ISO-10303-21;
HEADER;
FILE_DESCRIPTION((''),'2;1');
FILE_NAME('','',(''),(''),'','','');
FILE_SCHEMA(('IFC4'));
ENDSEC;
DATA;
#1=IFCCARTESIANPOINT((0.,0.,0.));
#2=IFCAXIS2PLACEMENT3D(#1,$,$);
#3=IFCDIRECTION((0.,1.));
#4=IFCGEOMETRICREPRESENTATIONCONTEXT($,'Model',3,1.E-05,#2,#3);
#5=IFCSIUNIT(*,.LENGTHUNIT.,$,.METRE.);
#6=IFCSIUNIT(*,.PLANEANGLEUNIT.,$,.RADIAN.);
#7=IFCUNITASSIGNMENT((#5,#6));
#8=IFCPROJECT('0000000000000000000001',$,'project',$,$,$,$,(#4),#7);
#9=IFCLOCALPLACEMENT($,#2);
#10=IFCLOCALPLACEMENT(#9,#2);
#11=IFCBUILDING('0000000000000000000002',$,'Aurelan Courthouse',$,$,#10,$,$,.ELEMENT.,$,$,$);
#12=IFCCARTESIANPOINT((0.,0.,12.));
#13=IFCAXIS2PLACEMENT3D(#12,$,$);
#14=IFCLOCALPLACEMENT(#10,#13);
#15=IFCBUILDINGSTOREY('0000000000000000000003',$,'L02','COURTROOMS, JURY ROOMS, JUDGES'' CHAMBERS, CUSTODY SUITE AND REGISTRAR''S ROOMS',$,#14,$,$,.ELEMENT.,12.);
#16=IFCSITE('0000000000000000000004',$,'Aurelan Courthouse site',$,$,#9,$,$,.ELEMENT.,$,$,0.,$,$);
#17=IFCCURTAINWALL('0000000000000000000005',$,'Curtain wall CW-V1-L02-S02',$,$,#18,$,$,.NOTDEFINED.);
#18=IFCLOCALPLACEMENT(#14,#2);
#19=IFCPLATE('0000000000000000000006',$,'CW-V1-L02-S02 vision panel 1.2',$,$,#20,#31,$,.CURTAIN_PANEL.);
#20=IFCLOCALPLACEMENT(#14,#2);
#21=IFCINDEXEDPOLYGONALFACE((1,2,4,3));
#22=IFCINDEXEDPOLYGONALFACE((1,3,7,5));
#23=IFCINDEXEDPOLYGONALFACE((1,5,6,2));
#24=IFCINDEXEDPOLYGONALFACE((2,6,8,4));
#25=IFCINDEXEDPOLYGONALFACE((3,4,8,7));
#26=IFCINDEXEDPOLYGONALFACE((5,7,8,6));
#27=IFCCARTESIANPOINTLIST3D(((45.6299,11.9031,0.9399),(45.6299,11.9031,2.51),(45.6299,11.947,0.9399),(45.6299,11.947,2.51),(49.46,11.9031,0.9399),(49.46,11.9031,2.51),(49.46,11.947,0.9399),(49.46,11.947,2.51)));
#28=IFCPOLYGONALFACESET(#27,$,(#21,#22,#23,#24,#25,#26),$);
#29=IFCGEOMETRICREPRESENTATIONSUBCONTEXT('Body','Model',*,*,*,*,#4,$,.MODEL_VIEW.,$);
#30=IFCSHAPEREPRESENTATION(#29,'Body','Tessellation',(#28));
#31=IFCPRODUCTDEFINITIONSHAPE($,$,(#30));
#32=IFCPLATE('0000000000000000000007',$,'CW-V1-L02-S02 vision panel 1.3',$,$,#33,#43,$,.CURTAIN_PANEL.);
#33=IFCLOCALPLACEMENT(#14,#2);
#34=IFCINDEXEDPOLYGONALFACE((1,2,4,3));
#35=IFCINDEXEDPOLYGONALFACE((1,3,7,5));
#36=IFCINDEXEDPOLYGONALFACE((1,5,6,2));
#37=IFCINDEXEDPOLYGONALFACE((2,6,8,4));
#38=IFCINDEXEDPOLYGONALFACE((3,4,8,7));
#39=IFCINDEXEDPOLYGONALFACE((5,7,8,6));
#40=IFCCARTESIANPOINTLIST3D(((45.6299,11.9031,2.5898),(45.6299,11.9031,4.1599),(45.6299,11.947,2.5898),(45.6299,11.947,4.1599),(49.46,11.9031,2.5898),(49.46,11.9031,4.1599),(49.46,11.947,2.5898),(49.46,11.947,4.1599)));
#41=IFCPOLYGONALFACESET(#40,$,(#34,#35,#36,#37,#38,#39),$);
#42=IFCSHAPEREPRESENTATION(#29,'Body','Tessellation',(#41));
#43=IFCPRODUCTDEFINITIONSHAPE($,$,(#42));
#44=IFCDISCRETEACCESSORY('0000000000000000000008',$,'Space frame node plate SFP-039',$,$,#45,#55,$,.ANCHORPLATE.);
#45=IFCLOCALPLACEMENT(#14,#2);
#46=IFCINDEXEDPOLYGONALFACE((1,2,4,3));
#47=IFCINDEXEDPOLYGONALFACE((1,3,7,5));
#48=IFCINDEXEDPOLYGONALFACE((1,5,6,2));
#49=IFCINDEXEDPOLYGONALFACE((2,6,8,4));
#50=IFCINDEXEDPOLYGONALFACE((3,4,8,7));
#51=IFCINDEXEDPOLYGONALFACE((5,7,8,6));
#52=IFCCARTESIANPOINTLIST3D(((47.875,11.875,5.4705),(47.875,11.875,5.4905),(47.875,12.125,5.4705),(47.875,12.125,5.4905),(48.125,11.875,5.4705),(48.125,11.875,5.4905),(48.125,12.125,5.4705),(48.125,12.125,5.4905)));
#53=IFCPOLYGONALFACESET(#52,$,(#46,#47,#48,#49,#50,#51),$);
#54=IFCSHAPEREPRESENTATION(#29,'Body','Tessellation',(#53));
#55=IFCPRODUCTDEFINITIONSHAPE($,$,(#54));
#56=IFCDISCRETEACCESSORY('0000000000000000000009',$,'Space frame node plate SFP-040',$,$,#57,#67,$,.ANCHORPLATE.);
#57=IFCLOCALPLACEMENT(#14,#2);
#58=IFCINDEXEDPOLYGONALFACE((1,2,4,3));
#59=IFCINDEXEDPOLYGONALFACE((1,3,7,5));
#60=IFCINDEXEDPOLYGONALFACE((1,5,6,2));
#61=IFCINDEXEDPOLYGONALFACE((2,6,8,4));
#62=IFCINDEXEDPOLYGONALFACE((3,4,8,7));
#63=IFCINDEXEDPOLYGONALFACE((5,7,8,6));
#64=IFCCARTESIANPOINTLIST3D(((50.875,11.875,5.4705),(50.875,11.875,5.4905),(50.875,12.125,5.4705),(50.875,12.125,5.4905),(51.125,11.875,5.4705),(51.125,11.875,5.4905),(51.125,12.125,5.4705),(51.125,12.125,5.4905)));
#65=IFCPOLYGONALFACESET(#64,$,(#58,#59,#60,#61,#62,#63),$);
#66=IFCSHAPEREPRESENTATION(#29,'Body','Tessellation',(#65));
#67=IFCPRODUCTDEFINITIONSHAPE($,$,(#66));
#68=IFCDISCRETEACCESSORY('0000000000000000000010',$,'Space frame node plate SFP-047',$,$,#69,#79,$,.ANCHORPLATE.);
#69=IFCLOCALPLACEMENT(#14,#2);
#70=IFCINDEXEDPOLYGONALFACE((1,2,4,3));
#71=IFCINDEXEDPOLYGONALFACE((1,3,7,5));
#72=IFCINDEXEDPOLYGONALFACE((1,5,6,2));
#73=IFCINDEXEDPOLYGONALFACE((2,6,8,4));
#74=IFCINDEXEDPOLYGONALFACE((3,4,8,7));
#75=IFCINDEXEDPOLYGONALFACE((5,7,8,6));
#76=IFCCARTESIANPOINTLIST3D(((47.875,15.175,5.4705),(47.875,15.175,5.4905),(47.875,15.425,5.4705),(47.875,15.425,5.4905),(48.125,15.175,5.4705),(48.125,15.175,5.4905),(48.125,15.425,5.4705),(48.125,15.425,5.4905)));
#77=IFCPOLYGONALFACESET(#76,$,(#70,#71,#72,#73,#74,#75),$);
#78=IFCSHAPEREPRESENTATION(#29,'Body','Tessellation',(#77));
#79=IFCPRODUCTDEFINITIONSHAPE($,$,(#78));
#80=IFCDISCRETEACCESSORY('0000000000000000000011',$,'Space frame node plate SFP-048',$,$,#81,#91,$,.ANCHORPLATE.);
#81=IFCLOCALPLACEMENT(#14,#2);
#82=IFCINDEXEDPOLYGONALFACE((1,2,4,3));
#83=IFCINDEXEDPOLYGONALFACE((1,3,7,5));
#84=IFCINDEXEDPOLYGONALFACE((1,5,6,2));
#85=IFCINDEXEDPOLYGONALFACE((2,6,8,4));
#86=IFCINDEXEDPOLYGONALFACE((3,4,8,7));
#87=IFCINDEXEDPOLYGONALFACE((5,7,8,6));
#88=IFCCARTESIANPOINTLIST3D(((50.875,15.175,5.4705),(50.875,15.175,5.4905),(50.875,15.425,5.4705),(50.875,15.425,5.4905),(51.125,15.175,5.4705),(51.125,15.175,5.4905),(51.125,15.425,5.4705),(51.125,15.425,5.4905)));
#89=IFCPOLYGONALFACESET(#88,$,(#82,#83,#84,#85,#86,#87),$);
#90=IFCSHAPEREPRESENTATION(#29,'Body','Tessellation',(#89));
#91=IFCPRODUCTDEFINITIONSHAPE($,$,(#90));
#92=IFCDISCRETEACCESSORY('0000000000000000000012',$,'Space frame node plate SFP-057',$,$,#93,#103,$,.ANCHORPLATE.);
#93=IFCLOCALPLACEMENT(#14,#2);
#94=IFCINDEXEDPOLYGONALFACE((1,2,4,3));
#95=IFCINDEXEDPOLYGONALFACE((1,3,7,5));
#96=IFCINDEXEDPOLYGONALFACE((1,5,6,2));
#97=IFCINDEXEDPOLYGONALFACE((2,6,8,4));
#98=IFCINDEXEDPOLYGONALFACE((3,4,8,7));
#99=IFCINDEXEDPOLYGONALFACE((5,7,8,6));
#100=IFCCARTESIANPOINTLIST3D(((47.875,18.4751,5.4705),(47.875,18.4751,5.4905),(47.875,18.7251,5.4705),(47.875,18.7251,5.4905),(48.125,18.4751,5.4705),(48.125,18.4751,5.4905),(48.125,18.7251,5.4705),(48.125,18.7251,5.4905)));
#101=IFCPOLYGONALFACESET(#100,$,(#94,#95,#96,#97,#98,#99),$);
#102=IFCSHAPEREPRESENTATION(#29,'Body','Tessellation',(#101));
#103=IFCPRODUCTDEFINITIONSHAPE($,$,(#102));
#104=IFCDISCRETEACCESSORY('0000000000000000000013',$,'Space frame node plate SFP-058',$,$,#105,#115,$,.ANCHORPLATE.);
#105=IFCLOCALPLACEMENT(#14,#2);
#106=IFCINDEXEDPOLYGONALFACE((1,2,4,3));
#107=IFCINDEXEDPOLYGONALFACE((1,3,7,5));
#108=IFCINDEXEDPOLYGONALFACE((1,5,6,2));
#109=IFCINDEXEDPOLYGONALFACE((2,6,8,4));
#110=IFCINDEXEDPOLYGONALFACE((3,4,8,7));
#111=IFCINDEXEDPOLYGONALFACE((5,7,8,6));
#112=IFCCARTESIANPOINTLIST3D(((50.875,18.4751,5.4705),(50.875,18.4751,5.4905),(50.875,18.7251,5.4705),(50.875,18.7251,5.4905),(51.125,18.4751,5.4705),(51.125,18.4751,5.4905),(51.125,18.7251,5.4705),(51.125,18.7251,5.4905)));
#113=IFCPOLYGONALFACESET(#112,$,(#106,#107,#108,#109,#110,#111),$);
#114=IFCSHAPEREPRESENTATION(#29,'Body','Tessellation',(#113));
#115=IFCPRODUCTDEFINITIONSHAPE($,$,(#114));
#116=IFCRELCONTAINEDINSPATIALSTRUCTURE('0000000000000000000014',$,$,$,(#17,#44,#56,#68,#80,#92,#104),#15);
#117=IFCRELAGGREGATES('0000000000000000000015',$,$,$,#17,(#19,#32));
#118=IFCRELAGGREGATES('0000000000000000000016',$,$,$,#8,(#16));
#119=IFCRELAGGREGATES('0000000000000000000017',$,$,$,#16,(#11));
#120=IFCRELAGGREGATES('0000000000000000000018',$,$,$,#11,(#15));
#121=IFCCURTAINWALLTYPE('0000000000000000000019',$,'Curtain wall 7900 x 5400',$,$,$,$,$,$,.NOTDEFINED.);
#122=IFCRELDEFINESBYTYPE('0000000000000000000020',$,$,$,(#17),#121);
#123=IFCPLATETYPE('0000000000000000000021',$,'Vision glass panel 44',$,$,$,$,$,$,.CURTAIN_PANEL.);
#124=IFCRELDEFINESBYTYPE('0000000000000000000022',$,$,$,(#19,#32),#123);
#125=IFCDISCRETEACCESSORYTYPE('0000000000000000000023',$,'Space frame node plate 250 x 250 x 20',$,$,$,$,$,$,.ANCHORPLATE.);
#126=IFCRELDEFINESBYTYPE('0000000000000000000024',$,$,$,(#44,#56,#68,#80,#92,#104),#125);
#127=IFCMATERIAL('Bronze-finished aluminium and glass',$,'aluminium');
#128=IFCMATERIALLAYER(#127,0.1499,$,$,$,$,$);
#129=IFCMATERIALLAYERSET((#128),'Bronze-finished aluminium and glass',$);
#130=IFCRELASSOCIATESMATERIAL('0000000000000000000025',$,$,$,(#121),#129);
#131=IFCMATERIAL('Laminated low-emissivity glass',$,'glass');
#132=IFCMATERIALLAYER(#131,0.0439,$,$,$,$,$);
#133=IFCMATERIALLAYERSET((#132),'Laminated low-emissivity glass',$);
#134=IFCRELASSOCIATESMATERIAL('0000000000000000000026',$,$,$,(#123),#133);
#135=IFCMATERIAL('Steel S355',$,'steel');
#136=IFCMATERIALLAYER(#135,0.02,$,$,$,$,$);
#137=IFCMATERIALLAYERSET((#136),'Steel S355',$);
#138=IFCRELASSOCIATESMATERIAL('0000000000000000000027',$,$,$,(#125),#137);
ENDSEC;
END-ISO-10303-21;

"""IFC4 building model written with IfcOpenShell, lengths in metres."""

from ifc_helpers import new_model, si_unit, direction, frame, origin, origin_2d, place, context, subcontext, project, spatial, rectangle, extrude, material, layer, layer_set, type_object, element, aggregate, save


model = new_model("IFC4")

# Units and contexts
model_context = context("Model", 3, precision=1e-05, world=origin(), true_north=direction((0.0, 1.0)))
body_context = subcontext(model_context, "Body", "Model", "MODEL_VIEW")
ifc_project = project(units=[si_unit("LENGTHUNIT", "METRE"), si_unit("PLANEANGLEUNIT", "RADIAN")], contexts=[model_context])

# Site, building, storey
site_placement = place(None, origin())
site = spatial("IfcSite", under=ifc_project, at=site_placement, Name="Aurelan Courthouse site", CompositionType="ELEMENT", RefElevation=0.0)
building_placement = place(site_placement, origin())
building = spatial("IfcBuilding", under=site, at=building_placement, Name="Aurelan Courthouse", CompositionType="ELEMENT")
storey_placement = place(building_placement, frame((0.0, 0.0, 12.0)))
storey = spatial("IfcBuildingStorey", under=building, at=storey_placement, Name="L02", Description="COURTROOMS, JURY ROOMS, JUDGES' CHAMBERS, CUSTODY SUITE AND REGISTRAR'S ROOMS", CompositionType="ELEMENT", Elevation=12.0)

# Curtain wall
ifc_material_1 = material(Name="Bronze-finished aluminium and glass", Category="aluminium")
ifc_layer_1 = layer(ifc_material_1, 0.1499)
ifc_layer_set_1 = layer_set([ifc_layer_1], Name="Bronze-finished aluminium and glass")
curtain_wall_type = type_object("IfcCurtainWallType", Name="Curtain wall 7900 x 5400", PredefinedType="NOTDEFINED", material=ifc_layer_set_1)
curtain_wall_placement = place(storey_placement, origin())
curtain_wall = element("IfcCurtainWall", 1, at=curtain_wall_placement, inside=storey, type_object=curtain_wall_type, Name="Curtain wall CW-V1-L02-S02", PredefinedType="NOTDEFINED")

# Shared definitions
ifc_material_2 = material(Name="Steel S355", Category="steel")

# Plates
ifc_material_3 = material(Name="Laminated low-emissivity glass", Category="glass")
ifc_layer_2 = layer(ifc_material_3, 0.0439)
ifc_layer_set_2 = layer_set([ifc_layer_2], Name="Laminated low-emissivity glass")
plate_type_1 = type_object("IfcPlateType", Name="Vision glass panel 44", PredefinedType="CURTAIN_PANEL", material=ifc_layer_set_2)
plate_1_placement = place(storey_placement, frame((47.5449, 11.925, 0.9399), z_axis=(0.0, 0.0, 1.0), x_axis=(1.0, 0.0, 0.0)))
plate_1 = element("IfcPlate", 2, at=plate_1_placement, type_object=plate_type_1, Name="CW-V1-L02-S02 vision panel 1.2", PredefinedType="CURTAIN_PANEL", context=body_context, shape_type="SweptSolid", body=[
    extrude(rectangle(XDim=3.8301, YDim=0.0439, at=origin_2d()), origin(), (0.0, 0.0, 1.0), 1.5701),
])
plate_2_placement = place(storey_placement, frame((47.5449, 11.925, 2.5898), z_axis=(0.0, 0.0, 1.0), x_axis=(1.0, 0.0, 0.0)))
plate_2 = element("IfcPlate", 3, at=plate_2_placement, type_object=plate_type_1, Name="CW-V1-L02-S02 vision panel 1.3", PredefinedType="CURTAIN_PANEL", context=body_context, shape_type="SweptSolid", body=[
    extrude(rectangle(XDim=3.8301, YDim=0.0439, at=origin_2d()), origin(), (0.0, 0.0, 1.0), 1.5701),
])
aggregate(curtain_wall, [plate_1, plate_2])

# Discrete accessories
ifc_layer_3 = layer(ifc_material_2, 0.02)
ifc_layer_set_3 = layer_set([ifc_layer_3], Name="Steel S355")
discrete_accessory_type = type_object("IfcDiscreteAccessoryType", Name="Space frame node plate 250 x 250 x 20", PredefinedType="ANCHORPLATE", material=ifc_layer_set_3)
for number, where, z_axis, x_axis, name in (
    (4, (48.0, 12.0, 5.4705), (0.0, 0.0, 1.0), (1.0, 0.0, 0.0), "Space frame node plate SFP-039"),
    (5, (51.0, 12.0, 5.4705), (0.0, 0.0, 1.0), (1.0, 0.0, 0.0), "Space frame node plate SFP-040"),
    (6, (48.0, 15.3, 5.4705), (0.0, 0.0, 1.0), (1.0, 0.0, 0.0), "Space frame node plate SFP-047"),
    (7, (51.0, 15.3, 5.4705), (0.0, 0.0, 1.0), (1.0, 0.0, 0.0), "Space frame node plate SFP-048"),
    (8, (48.0, 18.6001, 5.4705), (0.0, 0.0, 1.0), (1.0, 0.0, 0.0), "Space frame node plate SFP-057"),
    (9, (51.0, 18.6001, 5.4705), (0.0, 0.0, 1.0), (1.0, 0.0, 0.0), "Space frame node plate SFP-058"),
):
    element("IfcDiscreteAccessory", number, at=place(storey_placement, frame(where, z_axis=z_axis, x_axis=x_axis)), inside=storey, type_object=discrete_accessory_type, Name=name, PredefinedType="ANCHORPLATE", context=body_context, shape_type="SweptSolid", body=[
        extrude(rectangle(XDim=0.25, YDim=0.25, at=origin_2d()), origin(), (0.0, 0.0, 1.0), 0.02),
    ])

save(model, "model.ifc")
